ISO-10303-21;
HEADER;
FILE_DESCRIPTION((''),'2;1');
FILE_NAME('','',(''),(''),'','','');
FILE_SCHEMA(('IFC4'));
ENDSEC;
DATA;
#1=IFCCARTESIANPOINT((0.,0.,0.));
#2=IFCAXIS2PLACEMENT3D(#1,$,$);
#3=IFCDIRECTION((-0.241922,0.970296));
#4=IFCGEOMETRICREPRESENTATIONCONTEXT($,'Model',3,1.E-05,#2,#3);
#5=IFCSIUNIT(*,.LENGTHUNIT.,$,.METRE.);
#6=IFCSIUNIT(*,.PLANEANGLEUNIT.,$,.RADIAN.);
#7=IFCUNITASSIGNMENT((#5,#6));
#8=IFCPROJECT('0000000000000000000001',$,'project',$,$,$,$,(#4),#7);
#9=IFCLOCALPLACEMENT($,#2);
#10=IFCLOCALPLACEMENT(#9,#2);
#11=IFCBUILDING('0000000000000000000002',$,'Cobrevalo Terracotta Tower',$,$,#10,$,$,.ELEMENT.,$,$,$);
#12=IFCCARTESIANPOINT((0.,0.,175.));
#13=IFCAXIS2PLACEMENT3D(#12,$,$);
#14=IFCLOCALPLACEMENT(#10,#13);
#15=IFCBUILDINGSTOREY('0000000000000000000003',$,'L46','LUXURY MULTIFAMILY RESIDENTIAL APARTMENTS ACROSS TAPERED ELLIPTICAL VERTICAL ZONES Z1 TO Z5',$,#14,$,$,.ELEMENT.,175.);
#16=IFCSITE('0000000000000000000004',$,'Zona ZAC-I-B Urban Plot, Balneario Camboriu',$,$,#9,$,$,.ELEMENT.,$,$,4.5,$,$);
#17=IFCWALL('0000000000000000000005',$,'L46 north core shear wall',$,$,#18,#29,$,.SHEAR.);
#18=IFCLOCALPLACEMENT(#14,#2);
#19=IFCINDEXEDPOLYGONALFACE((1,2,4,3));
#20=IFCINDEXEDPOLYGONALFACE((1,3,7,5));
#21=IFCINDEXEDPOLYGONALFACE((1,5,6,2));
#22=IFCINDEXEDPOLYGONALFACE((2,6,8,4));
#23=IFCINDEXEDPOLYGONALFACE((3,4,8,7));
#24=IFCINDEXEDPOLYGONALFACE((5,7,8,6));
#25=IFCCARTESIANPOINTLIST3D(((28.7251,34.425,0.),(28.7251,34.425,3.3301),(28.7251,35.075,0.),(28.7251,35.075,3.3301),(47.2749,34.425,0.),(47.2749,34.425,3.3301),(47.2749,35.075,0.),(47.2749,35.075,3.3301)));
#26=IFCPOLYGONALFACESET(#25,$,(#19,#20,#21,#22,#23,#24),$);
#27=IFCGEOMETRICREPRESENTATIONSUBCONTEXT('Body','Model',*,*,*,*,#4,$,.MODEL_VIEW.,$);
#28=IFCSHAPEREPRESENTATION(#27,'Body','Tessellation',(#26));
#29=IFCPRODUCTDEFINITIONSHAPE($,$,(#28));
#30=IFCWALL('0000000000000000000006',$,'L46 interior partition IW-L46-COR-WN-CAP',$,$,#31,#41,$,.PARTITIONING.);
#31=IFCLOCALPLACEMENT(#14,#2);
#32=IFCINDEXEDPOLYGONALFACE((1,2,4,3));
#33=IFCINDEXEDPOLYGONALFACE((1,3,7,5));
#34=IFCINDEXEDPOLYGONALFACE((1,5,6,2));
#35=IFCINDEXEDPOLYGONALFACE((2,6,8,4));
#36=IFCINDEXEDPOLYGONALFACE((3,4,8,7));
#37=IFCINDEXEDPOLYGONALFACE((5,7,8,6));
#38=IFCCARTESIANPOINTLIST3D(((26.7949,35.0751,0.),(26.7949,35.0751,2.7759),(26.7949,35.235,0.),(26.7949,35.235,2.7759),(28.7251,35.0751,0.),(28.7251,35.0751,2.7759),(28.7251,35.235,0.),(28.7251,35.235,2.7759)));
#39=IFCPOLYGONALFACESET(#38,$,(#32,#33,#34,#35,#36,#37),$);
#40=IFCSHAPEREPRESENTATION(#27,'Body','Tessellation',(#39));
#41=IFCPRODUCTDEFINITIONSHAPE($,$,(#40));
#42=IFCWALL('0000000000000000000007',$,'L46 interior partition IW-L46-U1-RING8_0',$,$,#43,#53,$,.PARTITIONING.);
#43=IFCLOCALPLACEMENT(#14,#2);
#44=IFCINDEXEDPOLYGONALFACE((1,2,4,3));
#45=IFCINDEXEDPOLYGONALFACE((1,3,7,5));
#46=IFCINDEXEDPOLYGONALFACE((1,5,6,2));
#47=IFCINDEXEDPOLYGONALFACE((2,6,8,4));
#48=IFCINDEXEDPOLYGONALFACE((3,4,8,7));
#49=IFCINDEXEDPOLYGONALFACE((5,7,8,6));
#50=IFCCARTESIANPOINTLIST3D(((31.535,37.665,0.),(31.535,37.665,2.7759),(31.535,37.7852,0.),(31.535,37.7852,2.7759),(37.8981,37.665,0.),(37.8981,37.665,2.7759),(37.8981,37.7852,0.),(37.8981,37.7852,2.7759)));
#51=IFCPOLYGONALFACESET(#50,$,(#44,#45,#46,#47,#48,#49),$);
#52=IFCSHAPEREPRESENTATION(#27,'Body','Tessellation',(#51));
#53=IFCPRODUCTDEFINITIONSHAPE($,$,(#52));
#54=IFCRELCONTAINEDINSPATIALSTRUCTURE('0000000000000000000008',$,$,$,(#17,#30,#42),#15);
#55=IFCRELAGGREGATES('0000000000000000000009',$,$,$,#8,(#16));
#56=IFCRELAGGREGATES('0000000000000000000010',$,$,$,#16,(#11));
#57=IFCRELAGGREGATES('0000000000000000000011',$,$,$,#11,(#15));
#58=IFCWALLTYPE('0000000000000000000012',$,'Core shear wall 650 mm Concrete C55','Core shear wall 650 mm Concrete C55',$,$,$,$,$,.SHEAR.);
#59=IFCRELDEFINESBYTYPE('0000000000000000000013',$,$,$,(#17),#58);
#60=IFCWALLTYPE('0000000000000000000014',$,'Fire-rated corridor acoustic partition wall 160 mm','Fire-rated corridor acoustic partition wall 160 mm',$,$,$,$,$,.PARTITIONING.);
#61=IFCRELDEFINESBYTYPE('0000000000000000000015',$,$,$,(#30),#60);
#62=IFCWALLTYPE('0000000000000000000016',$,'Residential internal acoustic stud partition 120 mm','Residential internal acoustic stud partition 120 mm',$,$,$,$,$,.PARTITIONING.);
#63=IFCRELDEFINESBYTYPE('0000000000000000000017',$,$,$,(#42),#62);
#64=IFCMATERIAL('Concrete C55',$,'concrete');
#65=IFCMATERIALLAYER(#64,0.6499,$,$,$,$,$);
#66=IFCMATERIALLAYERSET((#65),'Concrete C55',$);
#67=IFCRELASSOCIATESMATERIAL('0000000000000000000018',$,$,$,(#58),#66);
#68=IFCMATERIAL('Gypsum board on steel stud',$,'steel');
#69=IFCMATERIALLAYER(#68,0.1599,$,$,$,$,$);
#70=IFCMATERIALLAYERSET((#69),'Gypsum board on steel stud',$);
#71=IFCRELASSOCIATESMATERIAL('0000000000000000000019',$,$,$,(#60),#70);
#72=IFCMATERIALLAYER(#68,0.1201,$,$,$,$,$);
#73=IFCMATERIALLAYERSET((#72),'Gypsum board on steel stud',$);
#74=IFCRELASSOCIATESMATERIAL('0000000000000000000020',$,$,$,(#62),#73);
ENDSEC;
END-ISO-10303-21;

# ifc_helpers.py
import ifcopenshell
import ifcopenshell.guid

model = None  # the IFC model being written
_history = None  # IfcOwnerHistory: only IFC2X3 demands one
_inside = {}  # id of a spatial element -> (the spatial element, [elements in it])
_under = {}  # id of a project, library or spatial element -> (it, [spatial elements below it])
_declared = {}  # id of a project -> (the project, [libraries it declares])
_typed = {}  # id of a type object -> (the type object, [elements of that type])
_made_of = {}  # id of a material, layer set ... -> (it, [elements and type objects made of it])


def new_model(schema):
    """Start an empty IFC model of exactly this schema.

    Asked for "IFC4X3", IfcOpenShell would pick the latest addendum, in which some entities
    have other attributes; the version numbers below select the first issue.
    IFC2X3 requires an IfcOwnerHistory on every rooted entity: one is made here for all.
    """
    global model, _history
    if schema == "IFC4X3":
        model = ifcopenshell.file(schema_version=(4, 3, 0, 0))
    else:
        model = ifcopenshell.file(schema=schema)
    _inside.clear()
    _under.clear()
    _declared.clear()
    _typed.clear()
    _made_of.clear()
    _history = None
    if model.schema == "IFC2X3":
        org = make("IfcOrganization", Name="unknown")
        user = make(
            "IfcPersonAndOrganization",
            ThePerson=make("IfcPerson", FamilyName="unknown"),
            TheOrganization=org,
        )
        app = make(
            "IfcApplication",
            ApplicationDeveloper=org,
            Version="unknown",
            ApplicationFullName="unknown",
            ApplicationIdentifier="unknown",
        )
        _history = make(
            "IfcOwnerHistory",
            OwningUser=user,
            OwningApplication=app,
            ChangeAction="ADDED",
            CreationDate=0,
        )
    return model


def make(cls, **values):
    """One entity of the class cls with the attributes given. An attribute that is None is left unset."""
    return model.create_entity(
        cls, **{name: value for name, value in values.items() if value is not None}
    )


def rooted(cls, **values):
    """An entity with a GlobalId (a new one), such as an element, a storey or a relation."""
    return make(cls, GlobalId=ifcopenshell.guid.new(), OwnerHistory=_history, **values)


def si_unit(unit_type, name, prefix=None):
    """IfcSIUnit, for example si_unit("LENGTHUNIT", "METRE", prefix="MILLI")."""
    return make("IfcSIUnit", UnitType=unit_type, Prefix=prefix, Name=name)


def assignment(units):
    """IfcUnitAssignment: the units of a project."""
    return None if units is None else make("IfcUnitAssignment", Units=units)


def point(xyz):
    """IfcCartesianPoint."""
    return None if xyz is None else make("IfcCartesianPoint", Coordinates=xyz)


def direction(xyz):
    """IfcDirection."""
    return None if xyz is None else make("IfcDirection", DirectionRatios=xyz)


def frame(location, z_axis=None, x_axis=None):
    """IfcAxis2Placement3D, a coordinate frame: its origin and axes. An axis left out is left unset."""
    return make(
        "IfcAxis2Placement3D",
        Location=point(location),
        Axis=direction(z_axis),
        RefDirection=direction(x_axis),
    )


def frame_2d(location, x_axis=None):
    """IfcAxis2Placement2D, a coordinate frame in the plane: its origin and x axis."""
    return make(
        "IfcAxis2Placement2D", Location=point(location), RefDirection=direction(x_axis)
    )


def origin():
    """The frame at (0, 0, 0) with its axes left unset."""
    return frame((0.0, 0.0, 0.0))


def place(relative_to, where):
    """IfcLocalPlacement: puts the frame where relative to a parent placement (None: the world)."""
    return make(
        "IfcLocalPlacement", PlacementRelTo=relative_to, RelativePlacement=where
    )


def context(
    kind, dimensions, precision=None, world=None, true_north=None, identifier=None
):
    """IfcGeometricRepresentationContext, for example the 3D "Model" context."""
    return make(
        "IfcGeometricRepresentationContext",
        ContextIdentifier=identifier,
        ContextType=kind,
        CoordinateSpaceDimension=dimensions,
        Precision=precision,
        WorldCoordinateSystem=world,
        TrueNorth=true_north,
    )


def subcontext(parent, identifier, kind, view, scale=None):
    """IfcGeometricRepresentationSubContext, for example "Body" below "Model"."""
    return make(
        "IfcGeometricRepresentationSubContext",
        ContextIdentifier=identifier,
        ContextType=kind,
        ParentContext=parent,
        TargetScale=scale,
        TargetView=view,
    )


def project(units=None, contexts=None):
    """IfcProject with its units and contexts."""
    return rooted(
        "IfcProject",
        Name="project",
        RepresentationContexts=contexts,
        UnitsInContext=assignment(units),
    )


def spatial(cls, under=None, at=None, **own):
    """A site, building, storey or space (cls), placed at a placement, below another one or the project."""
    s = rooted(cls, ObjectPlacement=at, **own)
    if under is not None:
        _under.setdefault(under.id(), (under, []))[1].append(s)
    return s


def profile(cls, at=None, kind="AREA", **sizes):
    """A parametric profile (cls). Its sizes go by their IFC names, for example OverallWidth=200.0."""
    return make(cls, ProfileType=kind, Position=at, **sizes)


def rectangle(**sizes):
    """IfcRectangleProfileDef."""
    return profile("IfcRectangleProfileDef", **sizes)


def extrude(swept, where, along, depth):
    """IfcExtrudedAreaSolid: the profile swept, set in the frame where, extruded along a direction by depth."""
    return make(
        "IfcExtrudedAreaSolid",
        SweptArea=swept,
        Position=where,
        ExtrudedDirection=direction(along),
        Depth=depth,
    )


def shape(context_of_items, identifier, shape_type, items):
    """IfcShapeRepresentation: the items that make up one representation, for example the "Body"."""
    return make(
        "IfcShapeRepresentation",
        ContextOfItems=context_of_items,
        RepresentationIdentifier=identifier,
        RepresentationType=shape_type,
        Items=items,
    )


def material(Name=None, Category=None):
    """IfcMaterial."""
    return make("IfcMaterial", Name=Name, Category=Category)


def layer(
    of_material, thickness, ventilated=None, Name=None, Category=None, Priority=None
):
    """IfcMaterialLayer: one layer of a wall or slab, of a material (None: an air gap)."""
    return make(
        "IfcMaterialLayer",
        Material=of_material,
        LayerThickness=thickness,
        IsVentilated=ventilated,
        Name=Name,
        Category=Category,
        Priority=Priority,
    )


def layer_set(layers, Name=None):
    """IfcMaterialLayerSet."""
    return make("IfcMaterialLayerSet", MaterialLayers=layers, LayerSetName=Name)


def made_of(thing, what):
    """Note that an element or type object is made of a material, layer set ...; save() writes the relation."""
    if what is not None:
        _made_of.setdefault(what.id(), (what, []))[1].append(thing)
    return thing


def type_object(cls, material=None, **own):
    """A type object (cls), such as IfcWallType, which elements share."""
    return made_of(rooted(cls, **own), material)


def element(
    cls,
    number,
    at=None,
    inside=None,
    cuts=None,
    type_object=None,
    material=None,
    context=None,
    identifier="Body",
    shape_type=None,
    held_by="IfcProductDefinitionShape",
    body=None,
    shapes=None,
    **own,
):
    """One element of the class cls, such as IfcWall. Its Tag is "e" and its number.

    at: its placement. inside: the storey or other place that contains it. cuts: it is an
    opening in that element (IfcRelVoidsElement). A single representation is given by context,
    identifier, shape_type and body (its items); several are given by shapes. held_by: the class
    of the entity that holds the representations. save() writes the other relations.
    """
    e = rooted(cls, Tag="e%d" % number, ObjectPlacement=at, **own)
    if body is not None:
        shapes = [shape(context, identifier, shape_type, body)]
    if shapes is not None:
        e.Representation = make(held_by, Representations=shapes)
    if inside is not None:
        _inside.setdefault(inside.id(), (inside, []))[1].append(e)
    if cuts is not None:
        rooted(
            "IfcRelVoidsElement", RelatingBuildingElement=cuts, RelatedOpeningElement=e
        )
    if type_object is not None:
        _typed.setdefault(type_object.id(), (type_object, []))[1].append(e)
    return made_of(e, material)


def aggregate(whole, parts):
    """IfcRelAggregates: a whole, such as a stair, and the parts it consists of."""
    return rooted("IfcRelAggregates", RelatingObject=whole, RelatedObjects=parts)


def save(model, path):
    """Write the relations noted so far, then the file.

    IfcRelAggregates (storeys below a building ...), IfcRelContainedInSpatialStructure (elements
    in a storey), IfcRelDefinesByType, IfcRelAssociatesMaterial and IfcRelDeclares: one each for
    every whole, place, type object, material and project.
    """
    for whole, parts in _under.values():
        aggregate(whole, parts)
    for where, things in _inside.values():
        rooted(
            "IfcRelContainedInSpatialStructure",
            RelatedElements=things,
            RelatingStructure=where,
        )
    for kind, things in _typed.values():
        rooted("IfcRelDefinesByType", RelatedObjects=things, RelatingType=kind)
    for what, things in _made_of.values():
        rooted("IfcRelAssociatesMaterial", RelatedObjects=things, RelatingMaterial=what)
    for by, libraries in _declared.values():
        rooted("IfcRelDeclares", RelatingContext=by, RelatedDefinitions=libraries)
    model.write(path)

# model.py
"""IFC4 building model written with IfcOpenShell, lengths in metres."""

from ifc_helpers import new_model, si_unit, direction, frame, frame_2d, origin, place, context, subcontext, project, spatial, rectangle, extrude, material, layer, layer_set, type_object, element, save


model = new_model("IFC4")

# Units and contexts
model_context = context("Model", 3, precision=1e-05, world=origin(), true_north=direction((-0.241922, 0.970296)))
body_context = subcontext(model_context, "Body", "Model", "MODEL_VIEW")
ifc_project = project(units=[si_unit("LENGTHUNIT", "METRE"), si_unit("PLANEANGLEUNIT", "RADIAN")], contexts=[model_context])

# Site, building, storey
site_placement = place(None, origin())
site = spatial("IfcSite", under=ifc_project, at=site_placement, Name="Zona ZAC-I-B Urban Plot, Balneario Camboriu", CompositionType="ELEMENT", RefElevation=4.5)
building_placement = place(site_placement, origin())
building = spatial("IfcBuilding", under=site, at=building_placement, Name="Cobrevalo Terracotta Tower", CompositionType="ELEMENT")
storey_placement = place(building_placement, frame((0.0, 0.0, 175.0)))
storey = spatial("IfcBuildingStorey", under=building, at=storey_placement, Name="L46", Description="LUXURY MULTIFAMILY RESIDENTIAL APARTMENTS ACROSS TAPERED ELLIPTICAL VERTICAL ZONES Z1 TO Z5", CompositionType="ELEMENT", Elevation=175.0)

# Shared definitions
ifc_material_1 = material(Name="Concrete C55", Category="concrete")

# Walls
ifc_layer_1 = layer(ifc_material_1, 0.6499)
ifc_layer_set_1 = layer_set([ifc_layer_1], Name="Concrete C55")
wall_type_1 = type_object("IfcWallType", Name="Core shear wall 650 mm Concrete C55", Description="Core shear wall 650 mm Concrete C55", PredefinedType="SHEAR", material=ifc_layer_set_1)
wall_1_placement = place(storey_placement, frame((28.7251, 34.75, 0.0), z_axis=(0.0, 0.0, 1.0), x_axis=(1.0, 0.0, 0.0)))
element("IfcWall", 1, at=wall_1_placement, inside=storey, type_object=wall_type_1, Name="L46 north core shear wall", PredefinedType="SHEAR", context=body_context, shape_type="SweptSolid", body=[
    extrude(rectangle(XDim=18.5498, YDim=0.6499, at=frame_2d((9.2749, 0.0))), origin(), (0.0, 0.0, 1.0), 3.3301),
])
ifc_material_2 = material(Name="Gypsum board on steel stud", Category="steel")
ifc_layer_2 = layer(ifc_material_2, 0.1599)
ifc_layer_set_2 = layer_set([ifc_layer_2], Name="Gypsum board on steel stud")
wall_type_2 = type_object("IfcWallType", Name="Fire-rated corridor acoustic partition wall 160 mm", Description="Fire-rated corridor acoustic partition wall 160 mm", PredefinedType="PARTITIONING", material=ifc_layer_set_2)
wall_2_placement = place(storey_placement, frame((26.7949, 35.155, 0.0), z_axis=(0.0, 0.0, 1.0), x_axis=(1.0, 0.0, 0.0)))
element("IfcWall", 2, at=wall_2_placement, inside=storey, type_object=wall_type_2, Name="L46 interior partition IW-L46-COR-WN-CAP", PredefinedType="PARTITIONING", context=body_context, shape_type="SweptSolid", body=[
    extrude(rectangle(XDim=1.9302, YDim=0.1599, at=frame_2d((0.9651, 0.0))), origin(), (0.0, 0.0, 1.0), 2.7759),
])
ifc_layer_3 = layer(ifc_material_2, 0.1201)
ifc_layer_set_3 = layer_set([ifc_layer_3], Name="Gypsum board on steel stud")
wall_type_3 = type_object("IfcWallType", Name="Residential internal acoustic stud partition 120 mm", Description="Residential internal acoustic stud partition 120 mm", PredefinedType="PARTITIONING", material=ifc_layer_set_3)
wall_3_placement = place(storey_placement, frame((31.5349, 37.7251, 0.0), z_axis=(0.0, 0.0, 1.0), x_axis=(1.0, 0.0, 0.0)))
element("IfcWall", 3, at=wall_3_placement, inside=storey, type_object=wall_type_3, Name="L46 interior partition IW-L46-U1-RING8_0", PredefinedType="PARTITIONING", context=body_context, shape_type="SweptSolid", body=[
    extrude(rectangle(XDim=6.363, YDim=0.1201, at=frame_2d((3.1816, 0.0))), origin(), (0.0, 0.0, 1.0), 2.7759),
])

save(model, "model.ifc")
